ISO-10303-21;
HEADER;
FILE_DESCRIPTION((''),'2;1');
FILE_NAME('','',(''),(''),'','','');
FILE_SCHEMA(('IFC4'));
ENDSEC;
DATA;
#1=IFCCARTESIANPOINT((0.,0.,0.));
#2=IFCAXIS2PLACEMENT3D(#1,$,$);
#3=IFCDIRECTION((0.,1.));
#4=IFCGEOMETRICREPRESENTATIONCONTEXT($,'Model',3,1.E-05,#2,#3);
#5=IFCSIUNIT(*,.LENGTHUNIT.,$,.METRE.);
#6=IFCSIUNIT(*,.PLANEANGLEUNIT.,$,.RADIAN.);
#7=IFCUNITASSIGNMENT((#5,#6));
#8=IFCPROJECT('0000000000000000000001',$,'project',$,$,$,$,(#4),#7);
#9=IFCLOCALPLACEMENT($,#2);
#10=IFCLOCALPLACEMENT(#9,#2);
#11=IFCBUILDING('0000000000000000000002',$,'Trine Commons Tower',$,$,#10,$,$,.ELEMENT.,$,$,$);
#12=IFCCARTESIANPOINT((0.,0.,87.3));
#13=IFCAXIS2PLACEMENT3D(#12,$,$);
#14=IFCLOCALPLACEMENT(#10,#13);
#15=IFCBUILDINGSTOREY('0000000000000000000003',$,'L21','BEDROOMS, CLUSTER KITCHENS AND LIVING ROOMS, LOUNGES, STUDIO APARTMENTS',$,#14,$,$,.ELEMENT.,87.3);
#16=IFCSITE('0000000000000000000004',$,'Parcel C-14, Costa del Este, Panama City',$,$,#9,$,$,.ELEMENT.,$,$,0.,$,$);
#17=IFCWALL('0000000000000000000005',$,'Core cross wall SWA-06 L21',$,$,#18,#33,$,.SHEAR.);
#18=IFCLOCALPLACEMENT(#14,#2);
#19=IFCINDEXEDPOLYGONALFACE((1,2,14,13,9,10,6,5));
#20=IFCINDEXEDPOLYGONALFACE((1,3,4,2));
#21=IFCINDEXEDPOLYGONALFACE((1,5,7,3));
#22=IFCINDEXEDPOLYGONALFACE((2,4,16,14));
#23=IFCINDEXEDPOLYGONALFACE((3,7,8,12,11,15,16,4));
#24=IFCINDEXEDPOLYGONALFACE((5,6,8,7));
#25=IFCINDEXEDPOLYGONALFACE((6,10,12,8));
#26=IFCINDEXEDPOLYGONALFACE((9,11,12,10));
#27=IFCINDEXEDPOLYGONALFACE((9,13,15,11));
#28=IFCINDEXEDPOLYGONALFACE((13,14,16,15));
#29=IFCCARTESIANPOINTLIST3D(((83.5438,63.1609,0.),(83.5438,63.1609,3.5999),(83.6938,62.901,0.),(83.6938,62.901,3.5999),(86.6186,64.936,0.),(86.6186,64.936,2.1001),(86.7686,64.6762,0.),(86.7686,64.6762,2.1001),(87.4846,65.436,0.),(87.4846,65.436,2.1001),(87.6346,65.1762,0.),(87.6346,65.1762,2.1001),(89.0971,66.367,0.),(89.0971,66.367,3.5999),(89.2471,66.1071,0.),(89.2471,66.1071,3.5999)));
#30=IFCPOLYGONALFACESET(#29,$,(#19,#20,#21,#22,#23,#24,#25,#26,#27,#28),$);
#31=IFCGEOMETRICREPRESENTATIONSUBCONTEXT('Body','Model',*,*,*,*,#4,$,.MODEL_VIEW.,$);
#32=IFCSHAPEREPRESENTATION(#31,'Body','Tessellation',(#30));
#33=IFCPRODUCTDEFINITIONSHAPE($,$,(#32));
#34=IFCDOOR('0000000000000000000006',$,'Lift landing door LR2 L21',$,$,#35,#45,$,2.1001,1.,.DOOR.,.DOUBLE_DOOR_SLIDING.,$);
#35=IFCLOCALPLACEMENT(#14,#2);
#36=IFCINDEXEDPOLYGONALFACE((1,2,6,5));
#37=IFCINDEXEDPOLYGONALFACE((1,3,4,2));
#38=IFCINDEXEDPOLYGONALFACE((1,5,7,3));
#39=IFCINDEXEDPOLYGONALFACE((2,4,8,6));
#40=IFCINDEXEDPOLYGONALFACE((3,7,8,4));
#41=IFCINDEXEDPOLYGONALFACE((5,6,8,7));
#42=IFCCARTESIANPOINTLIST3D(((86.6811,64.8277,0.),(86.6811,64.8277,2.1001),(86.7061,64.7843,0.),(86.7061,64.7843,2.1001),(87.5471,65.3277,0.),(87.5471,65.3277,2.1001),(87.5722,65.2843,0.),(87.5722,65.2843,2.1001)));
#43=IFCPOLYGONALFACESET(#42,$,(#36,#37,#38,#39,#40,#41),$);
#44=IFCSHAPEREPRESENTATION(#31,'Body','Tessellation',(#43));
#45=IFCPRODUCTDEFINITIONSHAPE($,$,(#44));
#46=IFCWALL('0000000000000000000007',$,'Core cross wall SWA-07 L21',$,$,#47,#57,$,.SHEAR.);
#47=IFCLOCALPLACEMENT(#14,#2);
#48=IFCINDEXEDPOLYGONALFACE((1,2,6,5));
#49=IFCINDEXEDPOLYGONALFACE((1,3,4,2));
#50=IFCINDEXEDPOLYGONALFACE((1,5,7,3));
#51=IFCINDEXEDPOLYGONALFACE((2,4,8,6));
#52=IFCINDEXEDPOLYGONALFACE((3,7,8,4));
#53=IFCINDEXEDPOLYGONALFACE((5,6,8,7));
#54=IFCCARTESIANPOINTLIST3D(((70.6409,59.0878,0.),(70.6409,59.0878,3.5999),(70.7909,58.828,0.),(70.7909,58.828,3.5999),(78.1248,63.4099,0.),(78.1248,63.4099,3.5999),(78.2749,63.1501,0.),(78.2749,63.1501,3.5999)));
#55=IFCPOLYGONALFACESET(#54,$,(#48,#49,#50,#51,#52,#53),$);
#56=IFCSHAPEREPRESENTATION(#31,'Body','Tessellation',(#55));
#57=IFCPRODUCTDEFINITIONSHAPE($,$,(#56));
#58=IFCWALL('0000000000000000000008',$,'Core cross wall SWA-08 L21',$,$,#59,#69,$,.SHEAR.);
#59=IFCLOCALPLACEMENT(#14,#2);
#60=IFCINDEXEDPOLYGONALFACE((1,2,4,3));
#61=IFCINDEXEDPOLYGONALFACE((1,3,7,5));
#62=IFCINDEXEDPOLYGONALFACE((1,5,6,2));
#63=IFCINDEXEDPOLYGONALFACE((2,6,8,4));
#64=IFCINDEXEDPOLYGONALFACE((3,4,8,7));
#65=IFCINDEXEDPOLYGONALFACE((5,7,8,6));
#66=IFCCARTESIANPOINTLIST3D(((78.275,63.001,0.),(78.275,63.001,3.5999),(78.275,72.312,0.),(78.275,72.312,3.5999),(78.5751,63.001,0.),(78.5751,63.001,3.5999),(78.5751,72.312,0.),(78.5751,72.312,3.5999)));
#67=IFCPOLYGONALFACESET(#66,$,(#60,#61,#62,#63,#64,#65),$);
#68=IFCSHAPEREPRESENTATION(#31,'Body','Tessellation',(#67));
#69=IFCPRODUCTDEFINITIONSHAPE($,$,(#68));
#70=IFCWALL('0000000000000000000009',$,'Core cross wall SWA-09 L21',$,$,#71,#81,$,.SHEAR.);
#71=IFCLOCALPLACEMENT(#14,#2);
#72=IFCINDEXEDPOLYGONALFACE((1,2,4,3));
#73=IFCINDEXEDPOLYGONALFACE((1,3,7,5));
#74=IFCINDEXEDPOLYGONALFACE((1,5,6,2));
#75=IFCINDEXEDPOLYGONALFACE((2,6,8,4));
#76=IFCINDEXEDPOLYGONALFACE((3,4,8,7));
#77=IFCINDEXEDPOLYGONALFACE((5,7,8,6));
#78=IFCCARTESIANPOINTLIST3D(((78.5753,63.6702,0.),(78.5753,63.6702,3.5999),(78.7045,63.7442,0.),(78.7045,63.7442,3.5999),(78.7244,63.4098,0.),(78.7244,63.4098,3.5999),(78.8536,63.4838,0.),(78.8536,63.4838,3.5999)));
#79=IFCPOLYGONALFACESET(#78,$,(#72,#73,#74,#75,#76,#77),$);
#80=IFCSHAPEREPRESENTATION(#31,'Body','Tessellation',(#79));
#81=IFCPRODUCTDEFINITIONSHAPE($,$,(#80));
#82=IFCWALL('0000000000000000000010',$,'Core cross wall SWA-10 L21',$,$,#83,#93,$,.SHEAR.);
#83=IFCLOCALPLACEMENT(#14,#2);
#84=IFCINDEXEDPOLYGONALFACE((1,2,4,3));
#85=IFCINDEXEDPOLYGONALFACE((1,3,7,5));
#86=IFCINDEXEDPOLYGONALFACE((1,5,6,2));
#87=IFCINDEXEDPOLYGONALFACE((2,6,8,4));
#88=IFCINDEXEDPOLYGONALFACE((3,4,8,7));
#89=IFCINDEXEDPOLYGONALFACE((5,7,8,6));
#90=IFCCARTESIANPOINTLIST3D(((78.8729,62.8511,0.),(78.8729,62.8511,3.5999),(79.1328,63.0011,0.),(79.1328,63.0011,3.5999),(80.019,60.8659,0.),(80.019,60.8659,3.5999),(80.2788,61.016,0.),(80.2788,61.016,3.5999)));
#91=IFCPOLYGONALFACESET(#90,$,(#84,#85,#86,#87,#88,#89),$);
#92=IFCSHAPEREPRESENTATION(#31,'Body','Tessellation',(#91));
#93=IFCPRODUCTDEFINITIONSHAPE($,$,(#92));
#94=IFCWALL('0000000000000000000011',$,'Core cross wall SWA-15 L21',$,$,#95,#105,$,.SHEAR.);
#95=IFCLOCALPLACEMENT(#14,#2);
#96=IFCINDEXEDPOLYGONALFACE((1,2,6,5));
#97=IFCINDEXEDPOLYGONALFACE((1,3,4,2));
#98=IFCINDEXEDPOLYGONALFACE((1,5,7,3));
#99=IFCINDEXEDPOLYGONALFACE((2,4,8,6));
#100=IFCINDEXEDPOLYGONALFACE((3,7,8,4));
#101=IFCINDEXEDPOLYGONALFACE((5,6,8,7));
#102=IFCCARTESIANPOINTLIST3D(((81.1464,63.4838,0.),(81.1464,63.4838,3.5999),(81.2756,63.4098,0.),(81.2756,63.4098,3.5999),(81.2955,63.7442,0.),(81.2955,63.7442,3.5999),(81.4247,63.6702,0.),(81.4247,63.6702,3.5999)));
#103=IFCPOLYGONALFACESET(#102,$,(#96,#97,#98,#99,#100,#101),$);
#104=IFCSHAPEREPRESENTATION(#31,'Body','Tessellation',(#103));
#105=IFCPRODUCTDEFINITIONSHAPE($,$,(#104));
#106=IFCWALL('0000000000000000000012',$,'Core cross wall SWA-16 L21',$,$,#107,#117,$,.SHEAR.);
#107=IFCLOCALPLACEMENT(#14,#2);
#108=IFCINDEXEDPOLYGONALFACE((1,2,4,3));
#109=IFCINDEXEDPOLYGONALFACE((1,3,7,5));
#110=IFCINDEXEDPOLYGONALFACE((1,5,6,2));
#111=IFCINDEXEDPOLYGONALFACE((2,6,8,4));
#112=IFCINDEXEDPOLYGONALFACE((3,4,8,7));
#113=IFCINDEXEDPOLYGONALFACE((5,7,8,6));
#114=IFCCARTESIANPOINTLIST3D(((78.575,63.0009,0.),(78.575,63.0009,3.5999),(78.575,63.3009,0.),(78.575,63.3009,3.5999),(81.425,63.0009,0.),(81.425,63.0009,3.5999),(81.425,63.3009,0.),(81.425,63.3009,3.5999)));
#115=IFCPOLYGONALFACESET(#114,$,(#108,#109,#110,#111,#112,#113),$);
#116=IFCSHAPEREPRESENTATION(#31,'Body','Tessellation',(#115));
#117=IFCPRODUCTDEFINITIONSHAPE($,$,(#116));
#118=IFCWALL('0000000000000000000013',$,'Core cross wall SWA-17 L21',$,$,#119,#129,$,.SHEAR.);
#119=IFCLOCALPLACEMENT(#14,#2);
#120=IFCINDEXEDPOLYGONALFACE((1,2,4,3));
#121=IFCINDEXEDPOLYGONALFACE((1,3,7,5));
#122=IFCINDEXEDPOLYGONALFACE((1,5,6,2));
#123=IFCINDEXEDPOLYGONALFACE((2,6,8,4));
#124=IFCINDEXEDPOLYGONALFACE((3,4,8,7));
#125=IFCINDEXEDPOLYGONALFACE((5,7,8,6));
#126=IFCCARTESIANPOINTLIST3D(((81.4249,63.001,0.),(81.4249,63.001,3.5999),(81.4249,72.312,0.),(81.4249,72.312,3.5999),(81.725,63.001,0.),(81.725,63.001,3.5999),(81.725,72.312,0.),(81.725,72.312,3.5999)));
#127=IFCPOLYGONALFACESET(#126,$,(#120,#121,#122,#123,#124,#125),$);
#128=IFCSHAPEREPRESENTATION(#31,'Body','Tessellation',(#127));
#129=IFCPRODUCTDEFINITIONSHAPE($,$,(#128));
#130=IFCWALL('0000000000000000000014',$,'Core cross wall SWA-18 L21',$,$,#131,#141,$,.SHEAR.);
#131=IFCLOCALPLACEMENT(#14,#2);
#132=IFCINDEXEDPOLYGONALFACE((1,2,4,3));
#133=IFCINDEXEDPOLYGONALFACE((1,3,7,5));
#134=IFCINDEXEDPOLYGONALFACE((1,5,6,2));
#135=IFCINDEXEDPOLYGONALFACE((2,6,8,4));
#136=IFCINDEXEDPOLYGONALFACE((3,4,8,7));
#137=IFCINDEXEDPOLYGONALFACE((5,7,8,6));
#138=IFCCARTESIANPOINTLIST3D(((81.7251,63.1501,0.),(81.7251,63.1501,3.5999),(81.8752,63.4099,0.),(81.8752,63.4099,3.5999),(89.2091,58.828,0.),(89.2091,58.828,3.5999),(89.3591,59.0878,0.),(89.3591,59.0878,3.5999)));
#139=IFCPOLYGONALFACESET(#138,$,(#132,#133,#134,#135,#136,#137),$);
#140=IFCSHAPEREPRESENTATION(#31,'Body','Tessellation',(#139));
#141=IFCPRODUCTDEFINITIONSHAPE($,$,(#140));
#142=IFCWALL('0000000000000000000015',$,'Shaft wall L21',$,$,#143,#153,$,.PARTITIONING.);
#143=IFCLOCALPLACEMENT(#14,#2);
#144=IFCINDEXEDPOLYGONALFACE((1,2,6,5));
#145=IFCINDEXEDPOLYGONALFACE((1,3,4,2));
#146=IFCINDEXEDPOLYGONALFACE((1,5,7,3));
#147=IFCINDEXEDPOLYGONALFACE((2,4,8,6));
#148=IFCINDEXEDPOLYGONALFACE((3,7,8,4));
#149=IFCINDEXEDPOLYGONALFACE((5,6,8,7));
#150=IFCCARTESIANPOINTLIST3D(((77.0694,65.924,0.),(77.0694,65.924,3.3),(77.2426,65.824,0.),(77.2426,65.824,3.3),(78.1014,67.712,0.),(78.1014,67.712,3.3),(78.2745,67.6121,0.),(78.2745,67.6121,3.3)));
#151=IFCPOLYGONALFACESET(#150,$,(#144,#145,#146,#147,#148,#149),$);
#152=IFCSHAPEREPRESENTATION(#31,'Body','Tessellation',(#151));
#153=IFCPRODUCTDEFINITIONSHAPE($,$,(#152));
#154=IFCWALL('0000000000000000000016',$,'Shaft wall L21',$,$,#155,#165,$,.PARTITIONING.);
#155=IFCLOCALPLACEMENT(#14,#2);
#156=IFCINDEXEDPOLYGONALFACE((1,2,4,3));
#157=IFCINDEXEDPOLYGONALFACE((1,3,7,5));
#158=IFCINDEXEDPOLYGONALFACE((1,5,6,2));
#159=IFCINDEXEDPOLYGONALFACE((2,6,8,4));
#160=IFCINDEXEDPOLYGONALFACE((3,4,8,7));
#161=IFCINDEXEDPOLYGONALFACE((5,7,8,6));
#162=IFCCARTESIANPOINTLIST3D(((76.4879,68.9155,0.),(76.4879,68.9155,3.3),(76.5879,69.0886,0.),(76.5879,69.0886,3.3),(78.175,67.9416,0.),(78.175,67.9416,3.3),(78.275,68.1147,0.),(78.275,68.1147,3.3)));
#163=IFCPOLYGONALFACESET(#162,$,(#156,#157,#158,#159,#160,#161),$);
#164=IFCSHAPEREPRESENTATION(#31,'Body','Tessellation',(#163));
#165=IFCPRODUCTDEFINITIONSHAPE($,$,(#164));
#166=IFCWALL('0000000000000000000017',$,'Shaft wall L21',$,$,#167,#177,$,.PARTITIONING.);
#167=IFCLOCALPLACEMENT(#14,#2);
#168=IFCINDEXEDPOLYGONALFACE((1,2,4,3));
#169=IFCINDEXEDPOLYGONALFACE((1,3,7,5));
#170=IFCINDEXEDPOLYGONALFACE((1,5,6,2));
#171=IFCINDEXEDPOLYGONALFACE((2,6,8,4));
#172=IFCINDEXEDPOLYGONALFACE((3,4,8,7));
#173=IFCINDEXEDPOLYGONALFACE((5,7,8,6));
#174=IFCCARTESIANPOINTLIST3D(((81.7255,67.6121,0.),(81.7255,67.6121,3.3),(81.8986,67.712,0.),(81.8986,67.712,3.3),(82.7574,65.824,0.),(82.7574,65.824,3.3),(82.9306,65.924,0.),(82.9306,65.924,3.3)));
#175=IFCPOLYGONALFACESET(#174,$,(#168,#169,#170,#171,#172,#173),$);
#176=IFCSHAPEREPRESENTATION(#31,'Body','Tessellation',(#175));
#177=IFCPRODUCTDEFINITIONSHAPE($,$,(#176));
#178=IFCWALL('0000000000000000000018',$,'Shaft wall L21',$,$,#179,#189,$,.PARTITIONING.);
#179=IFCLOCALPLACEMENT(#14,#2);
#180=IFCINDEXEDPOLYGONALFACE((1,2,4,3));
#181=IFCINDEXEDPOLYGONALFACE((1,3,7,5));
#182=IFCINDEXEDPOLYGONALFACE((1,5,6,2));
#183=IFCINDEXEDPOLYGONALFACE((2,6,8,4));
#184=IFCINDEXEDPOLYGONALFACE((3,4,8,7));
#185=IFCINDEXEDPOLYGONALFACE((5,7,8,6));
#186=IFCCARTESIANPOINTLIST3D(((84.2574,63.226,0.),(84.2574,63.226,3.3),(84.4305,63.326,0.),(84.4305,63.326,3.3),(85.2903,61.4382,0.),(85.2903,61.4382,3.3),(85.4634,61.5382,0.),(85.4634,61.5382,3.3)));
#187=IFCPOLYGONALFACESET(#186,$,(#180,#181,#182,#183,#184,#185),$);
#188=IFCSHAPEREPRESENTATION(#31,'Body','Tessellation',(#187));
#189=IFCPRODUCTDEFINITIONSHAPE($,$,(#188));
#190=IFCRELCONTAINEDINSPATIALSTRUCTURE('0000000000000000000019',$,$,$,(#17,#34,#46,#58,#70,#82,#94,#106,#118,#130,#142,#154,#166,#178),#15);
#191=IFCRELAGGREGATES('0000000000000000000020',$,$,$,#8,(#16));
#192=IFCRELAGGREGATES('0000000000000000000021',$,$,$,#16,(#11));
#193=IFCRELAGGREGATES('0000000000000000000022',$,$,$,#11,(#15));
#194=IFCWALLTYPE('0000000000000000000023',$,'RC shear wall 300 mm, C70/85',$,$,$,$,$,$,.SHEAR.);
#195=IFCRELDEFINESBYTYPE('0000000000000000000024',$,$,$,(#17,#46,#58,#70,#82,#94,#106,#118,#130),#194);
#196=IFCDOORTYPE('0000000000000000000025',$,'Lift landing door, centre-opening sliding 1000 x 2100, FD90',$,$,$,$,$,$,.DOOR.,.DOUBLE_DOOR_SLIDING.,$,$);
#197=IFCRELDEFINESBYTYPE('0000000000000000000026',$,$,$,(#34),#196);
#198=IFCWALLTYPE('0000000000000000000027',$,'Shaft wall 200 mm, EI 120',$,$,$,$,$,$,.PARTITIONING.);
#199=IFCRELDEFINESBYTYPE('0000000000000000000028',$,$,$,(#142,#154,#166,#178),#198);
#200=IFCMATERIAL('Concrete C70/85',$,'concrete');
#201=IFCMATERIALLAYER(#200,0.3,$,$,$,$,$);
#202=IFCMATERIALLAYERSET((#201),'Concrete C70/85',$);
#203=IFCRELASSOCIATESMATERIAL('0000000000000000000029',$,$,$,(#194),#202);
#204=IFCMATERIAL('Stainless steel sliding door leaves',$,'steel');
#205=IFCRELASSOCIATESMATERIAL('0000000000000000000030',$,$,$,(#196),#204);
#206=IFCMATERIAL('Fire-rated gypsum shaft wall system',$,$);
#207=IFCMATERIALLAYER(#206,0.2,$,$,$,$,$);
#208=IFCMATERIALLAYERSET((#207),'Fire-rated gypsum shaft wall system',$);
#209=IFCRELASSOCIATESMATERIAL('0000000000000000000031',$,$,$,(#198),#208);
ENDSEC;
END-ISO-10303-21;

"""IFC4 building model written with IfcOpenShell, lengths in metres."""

from ifc_helpers import new_model, si_unit, direction, frame, frame_2d, origin, place, context, subcontext, project, spatial, rectangle, extrude, material, layer, layer_set, type_object, element, fill, save


model = new_model("IFC4")

# Units and contexts
model_context = context("Model", 3, precision=1e-05, world=origin(), true_north=direction((0.0, 1.0)))
body_context = subcontext(model_context, "Body", "Model", "MODEL_VIEW")
ifc_project = project(units=[si_unit("LENGTHUNIT", "METRE"), si_unit("PLANEANGLEUNIT", "RADIAN")], contexts=[model_context])

# Site, building, storey
site_placement = place(None, origin())
site = spatial("IfcSite", under=ifc_project, at=site_placement, Name="Parcel C-14, Costa del Este, Panama City", CompositionType="ELEMENT", RefElevation=0.0)
building_placement = place(site_placement, origin())
building = spatial("IfcBuilding", under=site, at=building_placement, Name="Trine Commons Tower", CompositionType="ELEMENT")
storey_placement = place(building_placement, frame((0.0, 0.0, 87.3)))
storey = spatial("IfcBuildingStorey", under=building, at=storey_placement, Name="L21", Description="BEDROOMS, CLUSTER KITCHENS AND LIVING ROOMS, LOUNGES, STUDIO APARTMENTS", CompositionType="ELEMENT", Elevation=87.3)

# Wall, opening, door
ifc_material_1 = material(Name="Fire-rated gypsum shaft wall system")
ifc_material_2 = material(Name="Concrete C70/85", Category="concrete")
ifc_layer_1 = layer(ifc_material_2, 0.3)
ifc_layer_set_1 = layer_set([ifc_layer_1], Name="Concrete C70/85")
wall_type_1 = type_object("IfcWallType", Name="RC shear wall 300 mm, C70/85", PredefinedType="SHEAR", material=ifc_layer_set_1)
ifc_material_3 = material(Name="Stainless steel sliding door leaves", Category="steel")
door_type_1 = type_object("IfcDoorType", Name="Lift landing door, centre-opening sliding 1000 x 2100, FD90", OperationType="DOUBLE_DOOR_SLIDING", PredefinedType="DOOR", material=ifc_material_3)
wall_1_placement = place(storey_placement, frame((83.6189, 63.031, 0.0), z_axis=(0.0, 0.0, 1.0), x_axis=(0.866032, 0.499988, 0.0)))
wall_1 = element("IfcWall", 1, at=wall_1_placement, inside=storey, type_object=wall_type_1, Name="Core cross wall SWA-06 L21", PredefinedType="SHEAR", context=body_context, shape_type="SweptSolid", body=[
    extrude(rectangle(XDim=6.4124, YDim=0.3, at=frame_2d((3.2061, 0.0))), origin(), (0.0, 0.0, 1.0), 3.5999),
])
opening_1_placement = place(wall_1_placement, frame((3.5503, 0.0, 0.0)))
opening_1 = element("IfcOpeningElement", 2, at=opening_1_placement, cuts=wall_1, PredefinedType="OPENING", context=body_context, shape_type="SweptSolid", body=[
    extrude(rectangle(XDim=1.0, YDim=2.1001, at=frame_2d((0.5, 1.05))), frame((0.0, 0.1599, 0.0), z_axis=(0.0, -1.0, 0.0), x_axis=(1.0, 0.0, 0.0)), (0.0, 0.0, 1.0), 0.3201),
])
door_1_placement = place(opening_1_placement, origin())
door_1 = element("IfcDoor", 3, at=door_1_placement, inside=storey, type_object=door_type_1, Name="Lift landing door LR2 L21", OperationType="DOUBLE_DOOR_SLIDING", OverallHeight=2.1001, OverallWidth=1.0, PredefinedType="DOOR", context=body_context, shape_type="SweptSolid", body=[
    extrude(rectangle(XDim=1.0, YDim=2.1001, at=frame_2d((0.5, 1.05))), frame((0.0, 0.0249, 0.0), z_axis=(0.0, -1.0, 0.0), x_axis=(1.0, 0.0, 0.0)), (0.0, 0.0, 1.0), 0.05),
])
fill(opening_1, door_1)

# Walls
wall_2_placement = place(storey_placement, frame((78.2, 63.28, 0.0), z_axis=(0.0, 0.0, 1.0), x_axis=(-0.865965, -0.500104, 0.0)))
element("IfcWall", 4, at=wall_2_placement, inside=storey, type_object=wall_type_1, Name="Core cross wall SWA-07 L21", PredefinedType="SHEAR", context=body_context, shape_type="SweptSolid", body=[
    extrude(rectangle(XDim=8.6423, YDim=0.3, at=frame_2d((4.3213, 0.0))), origin(), (0.0, 0.0, 1.0), 3.5999),
])
wall_3_placement = place(storey_placement, frame((78.425, 63.001, 0.0), z_axis=(0.0, 0.0, 1.0), x_axis=(0.0, 1.0, 0.0)))
element("IfcWall", 5, at=wall_3_placement, inside=storey, type_object=wall_type_1, Name="Core cross wall SWA-08 L21", PredefinedType="SHEAR", context=body_context, shape_type="SweptSolid", body=[
    extrude(rectangle(XDim=9.311, YDim=0.3, at=frame_2d((4.6555, 0.0))), origin(), (0.0, 0.0, 1.0), 3.5999),
])
wall_4_placement = place(storey_placement, frame((78.7791, 63.614, 0.0), z_axis=(0.0, 0.0, 1.0), x_axis=(-0.867738, -0.497022, 0.0)))
element("IfcWall", 6, at=wall_4_placement, inside=storey, type_object=wall_type_1, Name="Core cross wall SWA-09 L21", PredefinedType="SHEAR", context=body_context, shape_type="SweptSolid", body=[
    extrude(rectangle(XDim=0.1489, YDim=0.3, at=frame_2d((0.0745, 0.0))), origin(), (0.0, 0.0, 1.0), 3.5999),
])
wall_5_placement = place(storey_placement, frame((79.0029, 62.926, 0.0), z_axis=(0.0, 0.0, 1.0), x_axis=(0.499965, -0.866045, 0.0)))
element("IfcWall", 7, at=wall_5_placement, inside=storey, type_object=wall_type_1, Name="Core cross wall SWA-10 L21", PredefinedType="SHEAR", context=body_context, shape_type="SweptSolid", body=[
    extrude(rectangle(XDim=2.2922, YDim=0.3, at=frame_2d((1.146, 0.0))), origin(), (0.0, 0.0, 1.0), 3.5999),
])
wall_6_placement = place(storey_placement, frame((81.2209, 63.614, 0.0), z_axis=(0.0, 0.0, 1.0), x_axis=(0.867738, -0.497022, 0.0)))
element("IfcWall", 8, at=wall_6_placement, inside=storey, type_object=wall_type_1, Name="Core cross wall SWA-15 L21", PredefinedType="SHEAR", context=body_context, shape_type="SweptSolid", body=[
    extrude(rectangle(XDim=0.1489, YDim=0.3, at=frame_2d((0.0745, 0.0))), origin(), (0.0, 0.0, 1.0), 3.5999),
])
wall_7_placement = place(storey_placement, frame((81.425, 63.1509, 0.0), z_axis=(0.0, 0.0, 1.0), x_axis=(-1.0, 0.0, 0.0)))
element("IfcWall", 9, at=wall_7_placement, inside=storey, type_object=wall_type_1, Name="Core cross wall SWA-16 L21", PredefinedType="SHEAR", context=body_context, shape_type="SweptSolid", body=[
    extrude(rectangle(XDim=2.8501, YDim=0.3, at=frame_2d((1.425, 0.0))), origin(), (0.0, 0.0, 1.0), 3.5999),
])
wall_8_placement = place(storey_placement, frame((81.575, 63.001, 0.0), z_axis=(0.0, 0.0, 1.0), x_axis=(0.0, 1.0, 0.0)))
element("IfcWall", 10, at=wall_8_placement, inside=storey, type_object=wall_type_1, Name="Core cross wall SWA-17 L21", PredefinedType="SHEAR", context=body_context, shape_type="SweptSolid", body=[
    extrude(rectangle(XDim=9.311, YDim=0.3, at=frame_2d((4.6555, 0.0))), origin(), (0.0, 0.0, 1.0), 3.5999),
])
wall_9_placement = place(storey_placement, frame((81.8, 63.28, 0.0), z_axis=(0.0, 0.0, 1.0), x_axis=(0.865965, -0.500104, 0.0)))
element("IfcWall", 11, at=wall_9_placement, inside=storey, type_object=wall_type_1, Name="Core cross wall SWA-18 L21", PredefinedType="SHEAR", context=body_context, shape_type="SweptSolid", body=[
    extrude(rectangle(XDim=8.6423, YDim=0.3, at=frame_2d((4.3213, 0.0))), origin(), (0.0, 0.0, 1.0), 3.5999),
])
ifc_layer_2 = layer(ifc_material_1, 0.2)
ifc_layer_set_2 = layer_set([ifc_layer_2], Name="Fire-rated gypsum shaft wall system")
wall_type_2 = type_object("IfcWallType", Name="Shaft wall 200 mm, EI 120", PredefinedType="PARTITIONING", material=ifc_layer_set_2)
wall_10_placement = place(storey_placement, frame((77.156, 65.874, 0.0), z_axis=(0.0, 0.0, 1.0), x_axis=(0.499866, 0.866103, 0.0)))
element("IfcWall", 12, at=wall_10_placement, inside=storey, type_object=wall_type_2, Name="Shaft wall L21", PredefinedType="PARTITIONING", context=body_context, shape_type="SweptSolid", body=[
    extrude(rectangle(XDim=2.0645, YDim=0.2, at=frame_2d((1.0322, 0.0))), origin(), (0.0, 0.0, 1.0), 3.3),
])
wall_11_placement = place(storey_placement, frame((78.2251, 68.0281, 0.0), z_axis=(0.0, 0.0, 1.0), x_axis=(-0.866052, 0.499954, 0.0)))
element("IfcWall", 13, at=wall_11_placement, inside=storey, type_object=wall_type_2, Name="Shaft wall L21", PredefinedType="PARTITIONING", context=body_context, shape_type="SweptSolid", body=[
    extrude(rectangle(XDim=1.948, YDim=0.2, at=frame_2d((0.9741, 0.0))), origin(), (0.0, 0.0, 1.0), 3.3),
])
wall_12_placement = place(storey_placement, frame((82.844, 65.874, 0.0), z_axis=(0.0, 0.0, 1.0), x_axis=(-0.499866, 0.866103, 0.0)))
element("IfcWall", 14, at=wall_12_placement, inside=storey, type_object=wall_type_2, Name="Shaft wall L21", PredefinedType="PARTITIONING", context=body_context, shape_type="SweptSolid", body=[
    extrude(rectangle(XDim=2.0645, YDim=0.2, at=frame_2d((1.0322, 0.0))), origin(), (0.0, 0.0, 1.0), 3.3),
])
wall_13_placement = place(storey_placement, frame((84.344, 63.2759, 0.0), z_axis=(0.0, 0.0, 1.0), x_axis=(0.500272, -0.865868, 0.0)))
element("IfcWall", 15, at=wall_13_placement, inside=storey, type_object=wall_type_2, Name="Shaft wall L21", PredefinedType="PARTITIONING", context=body_context, shape_type="SweptSolid", body=[
    extrude(rectangle(XDim=2.0647, YDim=0.2, at=frame_2d((1.0322, 0.0))), origin(), (0.0, 0.0, 1.0), 3.3),
])

save(model, "model.ifc")
